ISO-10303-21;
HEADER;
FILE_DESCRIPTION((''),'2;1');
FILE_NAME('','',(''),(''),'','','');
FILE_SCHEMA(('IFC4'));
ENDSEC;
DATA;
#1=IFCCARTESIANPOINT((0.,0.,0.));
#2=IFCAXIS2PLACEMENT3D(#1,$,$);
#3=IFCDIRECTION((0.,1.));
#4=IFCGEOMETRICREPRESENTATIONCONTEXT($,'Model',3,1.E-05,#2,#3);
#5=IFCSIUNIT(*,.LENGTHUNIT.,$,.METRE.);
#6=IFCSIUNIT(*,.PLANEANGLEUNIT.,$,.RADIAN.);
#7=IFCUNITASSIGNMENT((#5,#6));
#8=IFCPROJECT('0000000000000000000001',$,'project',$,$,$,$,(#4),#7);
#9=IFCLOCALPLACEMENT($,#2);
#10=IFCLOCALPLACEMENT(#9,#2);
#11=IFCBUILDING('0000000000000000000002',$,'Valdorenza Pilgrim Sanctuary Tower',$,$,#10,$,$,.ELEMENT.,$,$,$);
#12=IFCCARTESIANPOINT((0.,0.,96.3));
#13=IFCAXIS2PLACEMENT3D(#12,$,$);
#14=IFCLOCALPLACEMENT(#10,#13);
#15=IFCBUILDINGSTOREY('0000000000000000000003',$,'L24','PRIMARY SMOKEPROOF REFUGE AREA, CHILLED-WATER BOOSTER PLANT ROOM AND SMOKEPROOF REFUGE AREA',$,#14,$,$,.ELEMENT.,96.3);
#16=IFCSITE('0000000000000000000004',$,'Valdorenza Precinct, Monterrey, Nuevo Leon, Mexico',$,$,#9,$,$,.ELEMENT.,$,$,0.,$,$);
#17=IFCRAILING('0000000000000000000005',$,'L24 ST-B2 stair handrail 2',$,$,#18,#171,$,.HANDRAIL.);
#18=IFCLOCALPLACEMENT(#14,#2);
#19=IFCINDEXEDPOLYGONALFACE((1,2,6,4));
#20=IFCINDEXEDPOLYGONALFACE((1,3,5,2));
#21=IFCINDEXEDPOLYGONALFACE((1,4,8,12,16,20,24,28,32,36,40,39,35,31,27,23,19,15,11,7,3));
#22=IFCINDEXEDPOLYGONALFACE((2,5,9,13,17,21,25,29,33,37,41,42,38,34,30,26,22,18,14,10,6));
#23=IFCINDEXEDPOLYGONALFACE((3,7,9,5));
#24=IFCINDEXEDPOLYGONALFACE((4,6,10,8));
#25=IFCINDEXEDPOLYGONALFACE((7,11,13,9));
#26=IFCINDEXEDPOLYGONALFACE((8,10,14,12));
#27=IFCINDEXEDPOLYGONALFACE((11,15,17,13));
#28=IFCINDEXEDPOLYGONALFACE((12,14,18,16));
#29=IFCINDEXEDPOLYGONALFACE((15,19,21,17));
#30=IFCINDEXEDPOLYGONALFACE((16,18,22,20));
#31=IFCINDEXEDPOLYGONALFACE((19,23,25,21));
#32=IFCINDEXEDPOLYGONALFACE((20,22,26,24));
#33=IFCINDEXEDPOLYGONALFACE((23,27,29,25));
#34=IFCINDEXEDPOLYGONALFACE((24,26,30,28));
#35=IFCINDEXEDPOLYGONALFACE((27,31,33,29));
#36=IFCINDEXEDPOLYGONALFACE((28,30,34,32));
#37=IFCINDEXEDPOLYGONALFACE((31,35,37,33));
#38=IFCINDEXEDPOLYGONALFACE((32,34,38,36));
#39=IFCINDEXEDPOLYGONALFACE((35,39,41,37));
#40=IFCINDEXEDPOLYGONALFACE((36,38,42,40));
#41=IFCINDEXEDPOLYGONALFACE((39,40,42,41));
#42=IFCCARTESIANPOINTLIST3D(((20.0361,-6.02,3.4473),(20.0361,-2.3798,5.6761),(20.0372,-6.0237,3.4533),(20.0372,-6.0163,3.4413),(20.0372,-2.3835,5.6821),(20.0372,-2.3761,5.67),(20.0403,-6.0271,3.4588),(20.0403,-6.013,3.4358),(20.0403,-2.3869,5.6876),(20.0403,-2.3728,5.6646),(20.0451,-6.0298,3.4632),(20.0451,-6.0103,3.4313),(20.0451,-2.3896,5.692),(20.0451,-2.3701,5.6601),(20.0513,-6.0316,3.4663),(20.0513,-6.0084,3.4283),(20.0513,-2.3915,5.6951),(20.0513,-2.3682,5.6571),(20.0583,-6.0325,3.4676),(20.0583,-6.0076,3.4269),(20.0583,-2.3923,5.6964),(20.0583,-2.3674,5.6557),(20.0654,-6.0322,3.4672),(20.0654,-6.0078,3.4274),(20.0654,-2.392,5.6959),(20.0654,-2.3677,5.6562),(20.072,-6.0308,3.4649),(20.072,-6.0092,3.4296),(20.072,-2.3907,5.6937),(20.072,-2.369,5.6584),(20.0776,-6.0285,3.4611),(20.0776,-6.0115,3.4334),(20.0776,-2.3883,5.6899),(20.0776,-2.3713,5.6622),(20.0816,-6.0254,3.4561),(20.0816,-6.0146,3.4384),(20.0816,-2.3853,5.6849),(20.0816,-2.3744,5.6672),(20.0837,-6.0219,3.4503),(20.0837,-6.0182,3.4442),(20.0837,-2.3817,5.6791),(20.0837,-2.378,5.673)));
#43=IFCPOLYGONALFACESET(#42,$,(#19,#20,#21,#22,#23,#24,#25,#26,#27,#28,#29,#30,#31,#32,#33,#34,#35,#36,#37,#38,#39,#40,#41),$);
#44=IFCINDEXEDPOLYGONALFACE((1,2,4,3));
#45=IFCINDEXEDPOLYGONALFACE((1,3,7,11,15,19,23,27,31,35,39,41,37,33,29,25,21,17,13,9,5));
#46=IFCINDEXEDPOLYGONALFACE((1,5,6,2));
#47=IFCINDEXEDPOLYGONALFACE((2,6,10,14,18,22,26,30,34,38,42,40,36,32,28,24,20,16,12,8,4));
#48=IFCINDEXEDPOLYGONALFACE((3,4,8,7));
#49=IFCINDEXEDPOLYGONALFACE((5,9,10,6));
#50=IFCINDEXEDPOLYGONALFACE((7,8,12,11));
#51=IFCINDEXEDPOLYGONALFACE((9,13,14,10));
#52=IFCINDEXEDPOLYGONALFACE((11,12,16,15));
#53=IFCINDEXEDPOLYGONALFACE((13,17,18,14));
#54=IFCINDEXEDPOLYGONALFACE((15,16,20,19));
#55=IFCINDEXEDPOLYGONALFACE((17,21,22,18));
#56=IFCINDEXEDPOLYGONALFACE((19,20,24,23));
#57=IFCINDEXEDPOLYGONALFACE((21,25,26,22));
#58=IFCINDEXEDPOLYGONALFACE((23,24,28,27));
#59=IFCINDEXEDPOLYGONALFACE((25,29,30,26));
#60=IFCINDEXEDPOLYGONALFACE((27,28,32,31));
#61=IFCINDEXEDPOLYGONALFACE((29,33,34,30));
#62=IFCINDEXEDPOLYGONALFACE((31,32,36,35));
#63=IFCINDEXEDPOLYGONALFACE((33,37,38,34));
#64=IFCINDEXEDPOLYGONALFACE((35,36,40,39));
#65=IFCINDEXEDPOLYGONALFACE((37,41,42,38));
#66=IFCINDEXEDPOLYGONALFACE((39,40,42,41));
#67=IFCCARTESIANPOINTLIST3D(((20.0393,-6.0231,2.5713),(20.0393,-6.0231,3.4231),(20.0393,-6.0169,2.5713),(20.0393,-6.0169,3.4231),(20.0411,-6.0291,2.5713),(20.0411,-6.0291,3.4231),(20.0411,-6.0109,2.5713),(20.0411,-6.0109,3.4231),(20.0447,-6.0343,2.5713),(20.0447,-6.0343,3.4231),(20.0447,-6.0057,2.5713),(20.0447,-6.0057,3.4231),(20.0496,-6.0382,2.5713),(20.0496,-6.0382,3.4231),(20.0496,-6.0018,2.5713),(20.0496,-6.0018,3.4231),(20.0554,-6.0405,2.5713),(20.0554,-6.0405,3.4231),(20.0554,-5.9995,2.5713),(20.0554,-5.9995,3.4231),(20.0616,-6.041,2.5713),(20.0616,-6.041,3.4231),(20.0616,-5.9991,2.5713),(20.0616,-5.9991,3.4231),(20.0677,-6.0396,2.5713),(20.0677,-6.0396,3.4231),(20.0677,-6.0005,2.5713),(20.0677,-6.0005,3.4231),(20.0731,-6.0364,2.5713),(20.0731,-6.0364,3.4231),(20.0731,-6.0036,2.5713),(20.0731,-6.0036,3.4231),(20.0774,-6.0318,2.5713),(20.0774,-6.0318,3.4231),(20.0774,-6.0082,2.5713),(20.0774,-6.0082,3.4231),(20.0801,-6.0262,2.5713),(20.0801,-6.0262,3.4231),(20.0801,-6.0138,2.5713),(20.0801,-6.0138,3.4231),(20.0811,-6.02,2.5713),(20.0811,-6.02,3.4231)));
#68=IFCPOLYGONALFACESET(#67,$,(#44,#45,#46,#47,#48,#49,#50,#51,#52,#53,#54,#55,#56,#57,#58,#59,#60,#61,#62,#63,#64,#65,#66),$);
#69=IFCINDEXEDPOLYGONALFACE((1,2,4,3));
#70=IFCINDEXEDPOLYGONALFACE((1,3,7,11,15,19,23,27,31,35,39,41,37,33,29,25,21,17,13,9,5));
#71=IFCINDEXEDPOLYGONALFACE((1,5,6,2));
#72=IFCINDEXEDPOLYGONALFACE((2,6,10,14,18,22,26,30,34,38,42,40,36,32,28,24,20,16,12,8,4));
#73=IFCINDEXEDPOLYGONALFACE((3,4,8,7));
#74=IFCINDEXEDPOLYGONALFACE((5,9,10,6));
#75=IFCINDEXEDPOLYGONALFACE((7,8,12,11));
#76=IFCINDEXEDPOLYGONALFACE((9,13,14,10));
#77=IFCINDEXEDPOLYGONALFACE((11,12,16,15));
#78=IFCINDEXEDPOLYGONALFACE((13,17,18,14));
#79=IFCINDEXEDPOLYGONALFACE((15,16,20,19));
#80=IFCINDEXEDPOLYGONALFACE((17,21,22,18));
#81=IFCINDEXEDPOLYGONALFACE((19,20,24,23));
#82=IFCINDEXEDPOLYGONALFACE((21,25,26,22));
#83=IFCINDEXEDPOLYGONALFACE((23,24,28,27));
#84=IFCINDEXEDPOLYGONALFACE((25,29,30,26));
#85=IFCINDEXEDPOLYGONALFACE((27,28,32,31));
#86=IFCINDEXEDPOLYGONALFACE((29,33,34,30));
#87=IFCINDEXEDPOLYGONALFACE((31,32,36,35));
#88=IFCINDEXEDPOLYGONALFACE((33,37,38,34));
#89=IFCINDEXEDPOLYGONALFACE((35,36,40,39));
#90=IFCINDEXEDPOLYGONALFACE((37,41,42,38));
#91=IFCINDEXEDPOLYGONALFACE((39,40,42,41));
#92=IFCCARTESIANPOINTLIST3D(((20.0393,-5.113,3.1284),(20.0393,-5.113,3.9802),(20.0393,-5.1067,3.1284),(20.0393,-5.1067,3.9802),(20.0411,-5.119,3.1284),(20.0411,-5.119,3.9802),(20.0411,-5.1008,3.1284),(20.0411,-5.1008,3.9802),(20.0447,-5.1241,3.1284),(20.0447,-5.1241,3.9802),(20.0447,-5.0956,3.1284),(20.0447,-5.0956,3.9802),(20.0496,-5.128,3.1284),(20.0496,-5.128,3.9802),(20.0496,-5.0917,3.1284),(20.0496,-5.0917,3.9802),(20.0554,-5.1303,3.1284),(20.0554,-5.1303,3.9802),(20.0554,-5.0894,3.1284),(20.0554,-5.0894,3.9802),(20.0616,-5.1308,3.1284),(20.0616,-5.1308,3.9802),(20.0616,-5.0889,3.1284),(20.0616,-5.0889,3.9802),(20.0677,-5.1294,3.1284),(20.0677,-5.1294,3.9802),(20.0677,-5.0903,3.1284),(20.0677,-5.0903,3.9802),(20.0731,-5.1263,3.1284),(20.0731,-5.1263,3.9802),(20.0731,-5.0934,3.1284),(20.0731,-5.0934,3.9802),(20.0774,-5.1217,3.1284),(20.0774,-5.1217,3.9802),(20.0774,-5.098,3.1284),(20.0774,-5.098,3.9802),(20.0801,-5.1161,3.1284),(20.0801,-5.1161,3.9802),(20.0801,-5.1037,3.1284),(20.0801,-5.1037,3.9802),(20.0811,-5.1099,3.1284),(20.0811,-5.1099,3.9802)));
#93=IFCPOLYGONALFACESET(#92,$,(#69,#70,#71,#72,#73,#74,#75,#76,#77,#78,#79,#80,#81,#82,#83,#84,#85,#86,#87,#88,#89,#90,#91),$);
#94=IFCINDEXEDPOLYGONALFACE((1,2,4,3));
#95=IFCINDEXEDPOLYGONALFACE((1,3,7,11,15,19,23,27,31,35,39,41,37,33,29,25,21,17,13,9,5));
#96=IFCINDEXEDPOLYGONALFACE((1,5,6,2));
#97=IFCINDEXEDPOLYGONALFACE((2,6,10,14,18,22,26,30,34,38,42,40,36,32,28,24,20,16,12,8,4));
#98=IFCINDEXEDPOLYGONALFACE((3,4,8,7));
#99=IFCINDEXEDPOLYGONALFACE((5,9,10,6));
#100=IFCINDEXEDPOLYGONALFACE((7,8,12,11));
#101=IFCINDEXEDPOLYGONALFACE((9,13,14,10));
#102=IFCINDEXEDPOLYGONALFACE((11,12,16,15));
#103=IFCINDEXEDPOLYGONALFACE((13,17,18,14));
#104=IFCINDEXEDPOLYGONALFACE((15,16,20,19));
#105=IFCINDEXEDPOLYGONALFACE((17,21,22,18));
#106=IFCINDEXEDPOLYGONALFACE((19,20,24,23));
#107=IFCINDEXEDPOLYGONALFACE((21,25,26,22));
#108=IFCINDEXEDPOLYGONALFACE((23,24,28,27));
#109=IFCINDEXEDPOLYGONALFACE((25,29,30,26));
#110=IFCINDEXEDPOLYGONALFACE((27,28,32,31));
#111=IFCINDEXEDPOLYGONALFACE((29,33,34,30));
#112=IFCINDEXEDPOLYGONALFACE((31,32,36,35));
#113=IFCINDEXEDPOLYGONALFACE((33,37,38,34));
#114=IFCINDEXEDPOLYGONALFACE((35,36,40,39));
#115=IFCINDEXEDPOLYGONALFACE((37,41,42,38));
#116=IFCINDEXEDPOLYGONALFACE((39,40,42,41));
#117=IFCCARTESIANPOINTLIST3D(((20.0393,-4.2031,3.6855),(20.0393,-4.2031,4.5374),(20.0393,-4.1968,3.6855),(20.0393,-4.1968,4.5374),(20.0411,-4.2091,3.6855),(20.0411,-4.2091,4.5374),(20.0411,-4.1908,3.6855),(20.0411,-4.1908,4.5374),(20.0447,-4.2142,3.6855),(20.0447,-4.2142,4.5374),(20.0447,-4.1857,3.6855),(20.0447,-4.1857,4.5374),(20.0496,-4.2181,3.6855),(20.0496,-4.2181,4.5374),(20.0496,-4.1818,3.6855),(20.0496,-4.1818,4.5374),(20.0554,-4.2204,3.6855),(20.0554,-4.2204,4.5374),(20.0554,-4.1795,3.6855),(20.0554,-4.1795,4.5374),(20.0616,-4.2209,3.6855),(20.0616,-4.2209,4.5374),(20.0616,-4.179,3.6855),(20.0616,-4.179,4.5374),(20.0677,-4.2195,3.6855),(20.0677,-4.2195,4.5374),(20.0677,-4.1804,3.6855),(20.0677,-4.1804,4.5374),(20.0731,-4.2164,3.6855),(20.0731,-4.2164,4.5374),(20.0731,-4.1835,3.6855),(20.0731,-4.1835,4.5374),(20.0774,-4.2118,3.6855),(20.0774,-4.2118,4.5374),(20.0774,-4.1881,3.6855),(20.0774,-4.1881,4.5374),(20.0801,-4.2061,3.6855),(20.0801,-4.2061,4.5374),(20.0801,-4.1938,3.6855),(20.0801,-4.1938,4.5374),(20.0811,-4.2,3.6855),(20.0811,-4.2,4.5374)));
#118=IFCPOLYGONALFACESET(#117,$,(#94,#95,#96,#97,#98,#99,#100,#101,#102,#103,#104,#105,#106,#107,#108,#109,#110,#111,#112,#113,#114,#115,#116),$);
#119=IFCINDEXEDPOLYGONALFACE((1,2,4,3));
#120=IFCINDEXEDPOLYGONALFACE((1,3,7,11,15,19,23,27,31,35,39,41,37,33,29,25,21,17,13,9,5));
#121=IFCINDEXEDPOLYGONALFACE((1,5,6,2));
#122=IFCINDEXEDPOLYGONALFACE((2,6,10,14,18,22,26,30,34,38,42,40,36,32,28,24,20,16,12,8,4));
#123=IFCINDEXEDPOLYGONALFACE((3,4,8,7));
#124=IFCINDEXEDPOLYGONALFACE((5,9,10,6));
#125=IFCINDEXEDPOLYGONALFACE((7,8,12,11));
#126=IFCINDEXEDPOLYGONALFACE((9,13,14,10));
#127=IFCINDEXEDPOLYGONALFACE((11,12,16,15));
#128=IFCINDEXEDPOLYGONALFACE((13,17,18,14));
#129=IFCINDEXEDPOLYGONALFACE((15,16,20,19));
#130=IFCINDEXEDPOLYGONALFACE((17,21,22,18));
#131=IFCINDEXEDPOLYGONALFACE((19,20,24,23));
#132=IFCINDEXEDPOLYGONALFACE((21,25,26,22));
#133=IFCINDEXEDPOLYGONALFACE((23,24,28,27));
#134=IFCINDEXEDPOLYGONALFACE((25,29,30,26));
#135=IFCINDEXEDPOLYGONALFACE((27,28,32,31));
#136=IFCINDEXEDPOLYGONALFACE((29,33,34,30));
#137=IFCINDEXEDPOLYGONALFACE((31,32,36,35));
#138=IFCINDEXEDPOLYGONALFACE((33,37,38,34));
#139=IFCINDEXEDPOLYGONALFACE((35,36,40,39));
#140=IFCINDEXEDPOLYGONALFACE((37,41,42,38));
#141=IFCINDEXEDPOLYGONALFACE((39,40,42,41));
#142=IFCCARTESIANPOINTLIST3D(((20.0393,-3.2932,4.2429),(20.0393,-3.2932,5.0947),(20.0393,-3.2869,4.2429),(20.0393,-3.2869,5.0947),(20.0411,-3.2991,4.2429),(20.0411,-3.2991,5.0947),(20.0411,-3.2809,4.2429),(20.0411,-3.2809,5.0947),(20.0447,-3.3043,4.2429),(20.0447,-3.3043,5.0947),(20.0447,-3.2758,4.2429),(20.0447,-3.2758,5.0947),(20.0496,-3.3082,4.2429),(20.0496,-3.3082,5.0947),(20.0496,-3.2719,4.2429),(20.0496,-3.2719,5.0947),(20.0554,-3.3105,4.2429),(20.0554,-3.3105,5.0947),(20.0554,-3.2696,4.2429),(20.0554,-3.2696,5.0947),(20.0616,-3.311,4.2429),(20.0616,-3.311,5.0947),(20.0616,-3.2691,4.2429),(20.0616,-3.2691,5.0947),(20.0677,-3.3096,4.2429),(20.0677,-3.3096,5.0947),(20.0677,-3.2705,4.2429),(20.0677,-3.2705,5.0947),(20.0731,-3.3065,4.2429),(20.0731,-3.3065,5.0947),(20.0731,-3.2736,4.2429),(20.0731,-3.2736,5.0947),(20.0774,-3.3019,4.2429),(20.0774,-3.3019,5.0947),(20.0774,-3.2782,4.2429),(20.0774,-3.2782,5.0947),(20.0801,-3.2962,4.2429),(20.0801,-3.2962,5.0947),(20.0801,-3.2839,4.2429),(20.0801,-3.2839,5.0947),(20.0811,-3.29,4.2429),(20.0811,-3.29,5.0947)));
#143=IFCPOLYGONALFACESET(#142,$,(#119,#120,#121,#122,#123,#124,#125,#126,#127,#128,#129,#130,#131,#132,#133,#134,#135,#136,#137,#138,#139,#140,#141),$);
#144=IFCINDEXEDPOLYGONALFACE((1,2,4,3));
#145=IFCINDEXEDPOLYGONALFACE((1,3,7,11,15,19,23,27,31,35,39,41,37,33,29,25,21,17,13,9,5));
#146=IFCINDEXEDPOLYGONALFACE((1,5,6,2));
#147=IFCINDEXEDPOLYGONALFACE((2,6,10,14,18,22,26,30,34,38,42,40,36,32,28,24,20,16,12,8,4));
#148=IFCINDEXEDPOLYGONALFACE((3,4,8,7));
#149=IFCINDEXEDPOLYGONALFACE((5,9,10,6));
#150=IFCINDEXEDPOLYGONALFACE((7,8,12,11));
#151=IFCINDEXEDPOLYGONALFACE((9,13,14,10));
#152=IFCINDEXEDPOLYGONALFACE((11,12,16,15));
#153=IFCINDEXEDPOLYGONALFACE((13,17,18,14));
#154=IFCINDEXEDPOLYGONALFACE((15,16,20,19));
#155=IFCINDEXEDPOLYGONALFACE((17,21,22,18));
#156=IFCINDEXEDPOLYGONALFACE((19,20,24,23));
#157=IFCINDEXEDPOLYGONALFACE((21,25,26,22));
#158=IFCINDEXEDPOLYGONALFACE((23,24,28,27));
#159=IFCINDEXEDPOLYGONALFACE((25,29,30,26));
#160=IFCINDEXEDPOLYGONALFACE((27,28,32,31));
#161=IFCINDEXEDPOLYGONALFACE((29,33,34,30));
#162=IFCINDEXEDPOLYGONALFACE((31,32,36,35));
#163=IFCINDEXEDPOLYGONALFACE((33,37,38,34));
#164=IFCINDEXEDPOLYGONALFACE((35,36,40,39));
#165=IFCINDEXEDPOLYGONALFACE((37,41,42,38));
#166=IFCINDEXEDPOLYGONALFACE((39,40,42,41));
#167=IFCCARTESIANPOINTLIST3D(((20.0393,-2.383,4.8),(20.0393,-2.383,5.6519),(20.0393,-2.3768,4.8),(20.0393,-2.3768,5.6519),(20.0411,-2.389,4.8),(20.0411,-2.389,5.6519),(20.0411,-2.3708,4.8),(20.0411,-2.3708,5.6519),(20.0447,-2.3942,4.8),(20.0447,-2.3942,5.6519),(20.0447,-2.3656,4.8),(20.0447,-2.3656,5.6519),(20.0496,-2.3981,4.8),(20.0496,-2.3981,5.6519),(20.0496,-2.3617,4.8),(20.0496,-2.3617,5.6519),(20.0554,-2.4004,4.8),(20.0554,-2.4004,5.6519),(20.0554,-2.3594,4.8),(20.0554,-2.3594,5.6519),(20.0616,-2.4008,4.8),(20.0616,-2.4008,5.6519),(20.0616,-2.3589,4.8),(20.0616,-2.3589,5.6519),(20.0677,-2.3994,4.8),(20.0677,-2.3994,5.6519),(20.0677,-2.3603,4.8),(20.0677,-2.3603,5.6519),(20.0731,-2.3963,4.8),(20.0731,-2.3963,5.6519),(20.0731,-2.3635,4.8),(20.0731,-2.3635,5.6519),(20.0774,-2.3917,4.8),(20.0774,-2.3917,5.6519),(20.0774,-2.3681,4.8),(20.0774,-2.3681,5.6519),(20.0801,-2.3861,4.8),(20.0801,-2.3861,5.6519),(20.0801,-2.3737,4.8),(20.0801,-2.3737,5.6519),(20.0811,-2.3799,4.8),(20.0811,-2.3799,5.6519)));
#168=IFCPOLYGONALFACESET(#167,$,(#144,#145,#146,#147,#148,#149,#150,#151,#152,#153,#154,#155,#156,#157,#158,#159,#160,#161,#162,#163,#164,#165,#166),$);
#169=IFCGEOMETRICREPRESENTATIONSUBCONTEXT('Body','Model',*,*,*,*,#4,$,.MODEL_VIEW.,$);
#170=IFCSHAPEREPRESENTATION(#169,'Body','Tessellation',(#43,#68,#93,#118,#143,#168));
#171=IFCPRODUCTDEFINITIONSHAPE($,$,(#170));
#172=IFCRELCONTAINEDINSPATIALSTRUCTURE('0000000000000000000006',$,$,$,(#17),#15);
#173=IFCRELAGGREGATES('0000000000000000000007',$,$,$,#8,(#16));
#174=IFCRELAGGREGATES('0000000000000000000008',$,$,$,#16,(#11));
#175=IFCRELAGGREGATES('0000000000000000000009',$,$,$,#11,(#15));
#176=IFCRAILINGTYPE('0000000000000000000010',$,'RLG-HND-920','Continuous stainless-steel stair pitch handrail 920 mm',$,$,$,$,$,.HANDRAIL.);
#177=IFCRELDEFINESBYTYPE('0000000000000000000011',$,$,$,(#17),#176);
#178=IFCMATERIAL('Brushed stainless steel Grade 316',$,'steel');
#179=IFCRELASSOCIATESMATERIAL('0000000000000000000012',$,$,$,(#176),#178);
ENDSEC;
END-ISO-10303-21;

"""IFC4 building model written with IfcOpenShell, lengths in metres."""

from ifc_helpers import new_model, si_unit, direction, frame, origin, origin_2d, place, context, subcontext, project, spatial, circle, extrude, material, type_object, element, save


model = new_model("IFC4")

# Units and contexts
model_context = context("Model", 3, precision=1e-05, world=origin(), true_north=direction((0.0, 1.0)))
body_context = subcontext(model_context, "Body", "Model", "MODEL_VIEW")
ifc_project = project(units=[si_unit("LENGTHUNIT", "METRE"), si_unit("PLANEANGLEUNIT", "RADIAN")], contexts=[model_context])

# Site, building, storey
site_placement = place(None, origin())
site = spatial("IfcSite", under=ifc_project, at=site_placement, Name="Valdorenza Precinct, Monterrey, Nuevo Leon, Mexico", CompositionType="ELEMENT", RefElevation=0.0)
building_placement = place(site_placement, origin())
building = spatial("IfcBuilding", under=site, at=building_placement, Name="Valdorenza Pilgrim Sanctuary Tower", CompositionType="ELEMENT")
storey_placement = place(building_placement, frame((0.0, 0.0, 96.3)))
storey = spatial("IfcBuildingStorey", under=building, at=storey_placement, Name="L24", Description="PRIMARY SMOKEPROOF REFUGE AREA, CHILLED-WATER BOOSTER PLANT ROOM AND SMOKEPROOF REFUGE AREA", CompositionType="ELEMENT", Elevation=96.3)

# Railing
ifc_material_1 = material(Name="Brushed stainless steel Grade 316", Category="steel")
railing_type_1 = type_object("IfcRailingType", Name="RLG-HND-920", Description="Continuous stainless-steel stair pitch handrail 920 mm", PredefinedType="HANDRAIL", material=ifc_material_1)
railing_1_placement = place(storey_placement, frame((20.0601, -6.02, 2.5713)))
element("IfcRailing", 1, at=railing_1_placement, inside=storey, type_object=railing_type_1, Name="L24 ST-B2 stair handrail 2", PredefinedType="HANDRAIL", context=body_context, shape_type="SweptSolid", body=[
    extrude(circle(Radius=0.0239, at=origin_2d()), frame((0.0, 0.0, 0.876), z_axis=(0.0, 0.85284, 0.522172), x_axis=(-1.0, 0.0, 0.0)), (0.0, 0.0, 1.0), 4.2683),
    extrude(circle(Radius=0.021, at=origin_2d()), origin(), (0.0, 0.0, 1.0), 0.8518),
    extrude(circle(Radius=0.021, at=origin_2d()), frame((0.0, 0.9102, 0.5571)), (0.0, 0.0, 1.0), 0.8518),
    extrude(circle(Radius=0.021, at=origin_2d()), frame((0.0, 1.8201, 1.1143)), (0.0, 0.0, 1.0), 0.8518),
    extrude(circle(Radius=0.021, at=origin_2d()), frame((0.0, 2.73, 1.6716)), (0.0, 0.0, 1.0), 0.8518),
    extrude(circle(Radius=0.021, at=origin_2d()), frame((0.0, 3.6401, 2.2288)), (0.0, 0.0, 1.0), 0.8518),
])

save(model, "model.ifc")
